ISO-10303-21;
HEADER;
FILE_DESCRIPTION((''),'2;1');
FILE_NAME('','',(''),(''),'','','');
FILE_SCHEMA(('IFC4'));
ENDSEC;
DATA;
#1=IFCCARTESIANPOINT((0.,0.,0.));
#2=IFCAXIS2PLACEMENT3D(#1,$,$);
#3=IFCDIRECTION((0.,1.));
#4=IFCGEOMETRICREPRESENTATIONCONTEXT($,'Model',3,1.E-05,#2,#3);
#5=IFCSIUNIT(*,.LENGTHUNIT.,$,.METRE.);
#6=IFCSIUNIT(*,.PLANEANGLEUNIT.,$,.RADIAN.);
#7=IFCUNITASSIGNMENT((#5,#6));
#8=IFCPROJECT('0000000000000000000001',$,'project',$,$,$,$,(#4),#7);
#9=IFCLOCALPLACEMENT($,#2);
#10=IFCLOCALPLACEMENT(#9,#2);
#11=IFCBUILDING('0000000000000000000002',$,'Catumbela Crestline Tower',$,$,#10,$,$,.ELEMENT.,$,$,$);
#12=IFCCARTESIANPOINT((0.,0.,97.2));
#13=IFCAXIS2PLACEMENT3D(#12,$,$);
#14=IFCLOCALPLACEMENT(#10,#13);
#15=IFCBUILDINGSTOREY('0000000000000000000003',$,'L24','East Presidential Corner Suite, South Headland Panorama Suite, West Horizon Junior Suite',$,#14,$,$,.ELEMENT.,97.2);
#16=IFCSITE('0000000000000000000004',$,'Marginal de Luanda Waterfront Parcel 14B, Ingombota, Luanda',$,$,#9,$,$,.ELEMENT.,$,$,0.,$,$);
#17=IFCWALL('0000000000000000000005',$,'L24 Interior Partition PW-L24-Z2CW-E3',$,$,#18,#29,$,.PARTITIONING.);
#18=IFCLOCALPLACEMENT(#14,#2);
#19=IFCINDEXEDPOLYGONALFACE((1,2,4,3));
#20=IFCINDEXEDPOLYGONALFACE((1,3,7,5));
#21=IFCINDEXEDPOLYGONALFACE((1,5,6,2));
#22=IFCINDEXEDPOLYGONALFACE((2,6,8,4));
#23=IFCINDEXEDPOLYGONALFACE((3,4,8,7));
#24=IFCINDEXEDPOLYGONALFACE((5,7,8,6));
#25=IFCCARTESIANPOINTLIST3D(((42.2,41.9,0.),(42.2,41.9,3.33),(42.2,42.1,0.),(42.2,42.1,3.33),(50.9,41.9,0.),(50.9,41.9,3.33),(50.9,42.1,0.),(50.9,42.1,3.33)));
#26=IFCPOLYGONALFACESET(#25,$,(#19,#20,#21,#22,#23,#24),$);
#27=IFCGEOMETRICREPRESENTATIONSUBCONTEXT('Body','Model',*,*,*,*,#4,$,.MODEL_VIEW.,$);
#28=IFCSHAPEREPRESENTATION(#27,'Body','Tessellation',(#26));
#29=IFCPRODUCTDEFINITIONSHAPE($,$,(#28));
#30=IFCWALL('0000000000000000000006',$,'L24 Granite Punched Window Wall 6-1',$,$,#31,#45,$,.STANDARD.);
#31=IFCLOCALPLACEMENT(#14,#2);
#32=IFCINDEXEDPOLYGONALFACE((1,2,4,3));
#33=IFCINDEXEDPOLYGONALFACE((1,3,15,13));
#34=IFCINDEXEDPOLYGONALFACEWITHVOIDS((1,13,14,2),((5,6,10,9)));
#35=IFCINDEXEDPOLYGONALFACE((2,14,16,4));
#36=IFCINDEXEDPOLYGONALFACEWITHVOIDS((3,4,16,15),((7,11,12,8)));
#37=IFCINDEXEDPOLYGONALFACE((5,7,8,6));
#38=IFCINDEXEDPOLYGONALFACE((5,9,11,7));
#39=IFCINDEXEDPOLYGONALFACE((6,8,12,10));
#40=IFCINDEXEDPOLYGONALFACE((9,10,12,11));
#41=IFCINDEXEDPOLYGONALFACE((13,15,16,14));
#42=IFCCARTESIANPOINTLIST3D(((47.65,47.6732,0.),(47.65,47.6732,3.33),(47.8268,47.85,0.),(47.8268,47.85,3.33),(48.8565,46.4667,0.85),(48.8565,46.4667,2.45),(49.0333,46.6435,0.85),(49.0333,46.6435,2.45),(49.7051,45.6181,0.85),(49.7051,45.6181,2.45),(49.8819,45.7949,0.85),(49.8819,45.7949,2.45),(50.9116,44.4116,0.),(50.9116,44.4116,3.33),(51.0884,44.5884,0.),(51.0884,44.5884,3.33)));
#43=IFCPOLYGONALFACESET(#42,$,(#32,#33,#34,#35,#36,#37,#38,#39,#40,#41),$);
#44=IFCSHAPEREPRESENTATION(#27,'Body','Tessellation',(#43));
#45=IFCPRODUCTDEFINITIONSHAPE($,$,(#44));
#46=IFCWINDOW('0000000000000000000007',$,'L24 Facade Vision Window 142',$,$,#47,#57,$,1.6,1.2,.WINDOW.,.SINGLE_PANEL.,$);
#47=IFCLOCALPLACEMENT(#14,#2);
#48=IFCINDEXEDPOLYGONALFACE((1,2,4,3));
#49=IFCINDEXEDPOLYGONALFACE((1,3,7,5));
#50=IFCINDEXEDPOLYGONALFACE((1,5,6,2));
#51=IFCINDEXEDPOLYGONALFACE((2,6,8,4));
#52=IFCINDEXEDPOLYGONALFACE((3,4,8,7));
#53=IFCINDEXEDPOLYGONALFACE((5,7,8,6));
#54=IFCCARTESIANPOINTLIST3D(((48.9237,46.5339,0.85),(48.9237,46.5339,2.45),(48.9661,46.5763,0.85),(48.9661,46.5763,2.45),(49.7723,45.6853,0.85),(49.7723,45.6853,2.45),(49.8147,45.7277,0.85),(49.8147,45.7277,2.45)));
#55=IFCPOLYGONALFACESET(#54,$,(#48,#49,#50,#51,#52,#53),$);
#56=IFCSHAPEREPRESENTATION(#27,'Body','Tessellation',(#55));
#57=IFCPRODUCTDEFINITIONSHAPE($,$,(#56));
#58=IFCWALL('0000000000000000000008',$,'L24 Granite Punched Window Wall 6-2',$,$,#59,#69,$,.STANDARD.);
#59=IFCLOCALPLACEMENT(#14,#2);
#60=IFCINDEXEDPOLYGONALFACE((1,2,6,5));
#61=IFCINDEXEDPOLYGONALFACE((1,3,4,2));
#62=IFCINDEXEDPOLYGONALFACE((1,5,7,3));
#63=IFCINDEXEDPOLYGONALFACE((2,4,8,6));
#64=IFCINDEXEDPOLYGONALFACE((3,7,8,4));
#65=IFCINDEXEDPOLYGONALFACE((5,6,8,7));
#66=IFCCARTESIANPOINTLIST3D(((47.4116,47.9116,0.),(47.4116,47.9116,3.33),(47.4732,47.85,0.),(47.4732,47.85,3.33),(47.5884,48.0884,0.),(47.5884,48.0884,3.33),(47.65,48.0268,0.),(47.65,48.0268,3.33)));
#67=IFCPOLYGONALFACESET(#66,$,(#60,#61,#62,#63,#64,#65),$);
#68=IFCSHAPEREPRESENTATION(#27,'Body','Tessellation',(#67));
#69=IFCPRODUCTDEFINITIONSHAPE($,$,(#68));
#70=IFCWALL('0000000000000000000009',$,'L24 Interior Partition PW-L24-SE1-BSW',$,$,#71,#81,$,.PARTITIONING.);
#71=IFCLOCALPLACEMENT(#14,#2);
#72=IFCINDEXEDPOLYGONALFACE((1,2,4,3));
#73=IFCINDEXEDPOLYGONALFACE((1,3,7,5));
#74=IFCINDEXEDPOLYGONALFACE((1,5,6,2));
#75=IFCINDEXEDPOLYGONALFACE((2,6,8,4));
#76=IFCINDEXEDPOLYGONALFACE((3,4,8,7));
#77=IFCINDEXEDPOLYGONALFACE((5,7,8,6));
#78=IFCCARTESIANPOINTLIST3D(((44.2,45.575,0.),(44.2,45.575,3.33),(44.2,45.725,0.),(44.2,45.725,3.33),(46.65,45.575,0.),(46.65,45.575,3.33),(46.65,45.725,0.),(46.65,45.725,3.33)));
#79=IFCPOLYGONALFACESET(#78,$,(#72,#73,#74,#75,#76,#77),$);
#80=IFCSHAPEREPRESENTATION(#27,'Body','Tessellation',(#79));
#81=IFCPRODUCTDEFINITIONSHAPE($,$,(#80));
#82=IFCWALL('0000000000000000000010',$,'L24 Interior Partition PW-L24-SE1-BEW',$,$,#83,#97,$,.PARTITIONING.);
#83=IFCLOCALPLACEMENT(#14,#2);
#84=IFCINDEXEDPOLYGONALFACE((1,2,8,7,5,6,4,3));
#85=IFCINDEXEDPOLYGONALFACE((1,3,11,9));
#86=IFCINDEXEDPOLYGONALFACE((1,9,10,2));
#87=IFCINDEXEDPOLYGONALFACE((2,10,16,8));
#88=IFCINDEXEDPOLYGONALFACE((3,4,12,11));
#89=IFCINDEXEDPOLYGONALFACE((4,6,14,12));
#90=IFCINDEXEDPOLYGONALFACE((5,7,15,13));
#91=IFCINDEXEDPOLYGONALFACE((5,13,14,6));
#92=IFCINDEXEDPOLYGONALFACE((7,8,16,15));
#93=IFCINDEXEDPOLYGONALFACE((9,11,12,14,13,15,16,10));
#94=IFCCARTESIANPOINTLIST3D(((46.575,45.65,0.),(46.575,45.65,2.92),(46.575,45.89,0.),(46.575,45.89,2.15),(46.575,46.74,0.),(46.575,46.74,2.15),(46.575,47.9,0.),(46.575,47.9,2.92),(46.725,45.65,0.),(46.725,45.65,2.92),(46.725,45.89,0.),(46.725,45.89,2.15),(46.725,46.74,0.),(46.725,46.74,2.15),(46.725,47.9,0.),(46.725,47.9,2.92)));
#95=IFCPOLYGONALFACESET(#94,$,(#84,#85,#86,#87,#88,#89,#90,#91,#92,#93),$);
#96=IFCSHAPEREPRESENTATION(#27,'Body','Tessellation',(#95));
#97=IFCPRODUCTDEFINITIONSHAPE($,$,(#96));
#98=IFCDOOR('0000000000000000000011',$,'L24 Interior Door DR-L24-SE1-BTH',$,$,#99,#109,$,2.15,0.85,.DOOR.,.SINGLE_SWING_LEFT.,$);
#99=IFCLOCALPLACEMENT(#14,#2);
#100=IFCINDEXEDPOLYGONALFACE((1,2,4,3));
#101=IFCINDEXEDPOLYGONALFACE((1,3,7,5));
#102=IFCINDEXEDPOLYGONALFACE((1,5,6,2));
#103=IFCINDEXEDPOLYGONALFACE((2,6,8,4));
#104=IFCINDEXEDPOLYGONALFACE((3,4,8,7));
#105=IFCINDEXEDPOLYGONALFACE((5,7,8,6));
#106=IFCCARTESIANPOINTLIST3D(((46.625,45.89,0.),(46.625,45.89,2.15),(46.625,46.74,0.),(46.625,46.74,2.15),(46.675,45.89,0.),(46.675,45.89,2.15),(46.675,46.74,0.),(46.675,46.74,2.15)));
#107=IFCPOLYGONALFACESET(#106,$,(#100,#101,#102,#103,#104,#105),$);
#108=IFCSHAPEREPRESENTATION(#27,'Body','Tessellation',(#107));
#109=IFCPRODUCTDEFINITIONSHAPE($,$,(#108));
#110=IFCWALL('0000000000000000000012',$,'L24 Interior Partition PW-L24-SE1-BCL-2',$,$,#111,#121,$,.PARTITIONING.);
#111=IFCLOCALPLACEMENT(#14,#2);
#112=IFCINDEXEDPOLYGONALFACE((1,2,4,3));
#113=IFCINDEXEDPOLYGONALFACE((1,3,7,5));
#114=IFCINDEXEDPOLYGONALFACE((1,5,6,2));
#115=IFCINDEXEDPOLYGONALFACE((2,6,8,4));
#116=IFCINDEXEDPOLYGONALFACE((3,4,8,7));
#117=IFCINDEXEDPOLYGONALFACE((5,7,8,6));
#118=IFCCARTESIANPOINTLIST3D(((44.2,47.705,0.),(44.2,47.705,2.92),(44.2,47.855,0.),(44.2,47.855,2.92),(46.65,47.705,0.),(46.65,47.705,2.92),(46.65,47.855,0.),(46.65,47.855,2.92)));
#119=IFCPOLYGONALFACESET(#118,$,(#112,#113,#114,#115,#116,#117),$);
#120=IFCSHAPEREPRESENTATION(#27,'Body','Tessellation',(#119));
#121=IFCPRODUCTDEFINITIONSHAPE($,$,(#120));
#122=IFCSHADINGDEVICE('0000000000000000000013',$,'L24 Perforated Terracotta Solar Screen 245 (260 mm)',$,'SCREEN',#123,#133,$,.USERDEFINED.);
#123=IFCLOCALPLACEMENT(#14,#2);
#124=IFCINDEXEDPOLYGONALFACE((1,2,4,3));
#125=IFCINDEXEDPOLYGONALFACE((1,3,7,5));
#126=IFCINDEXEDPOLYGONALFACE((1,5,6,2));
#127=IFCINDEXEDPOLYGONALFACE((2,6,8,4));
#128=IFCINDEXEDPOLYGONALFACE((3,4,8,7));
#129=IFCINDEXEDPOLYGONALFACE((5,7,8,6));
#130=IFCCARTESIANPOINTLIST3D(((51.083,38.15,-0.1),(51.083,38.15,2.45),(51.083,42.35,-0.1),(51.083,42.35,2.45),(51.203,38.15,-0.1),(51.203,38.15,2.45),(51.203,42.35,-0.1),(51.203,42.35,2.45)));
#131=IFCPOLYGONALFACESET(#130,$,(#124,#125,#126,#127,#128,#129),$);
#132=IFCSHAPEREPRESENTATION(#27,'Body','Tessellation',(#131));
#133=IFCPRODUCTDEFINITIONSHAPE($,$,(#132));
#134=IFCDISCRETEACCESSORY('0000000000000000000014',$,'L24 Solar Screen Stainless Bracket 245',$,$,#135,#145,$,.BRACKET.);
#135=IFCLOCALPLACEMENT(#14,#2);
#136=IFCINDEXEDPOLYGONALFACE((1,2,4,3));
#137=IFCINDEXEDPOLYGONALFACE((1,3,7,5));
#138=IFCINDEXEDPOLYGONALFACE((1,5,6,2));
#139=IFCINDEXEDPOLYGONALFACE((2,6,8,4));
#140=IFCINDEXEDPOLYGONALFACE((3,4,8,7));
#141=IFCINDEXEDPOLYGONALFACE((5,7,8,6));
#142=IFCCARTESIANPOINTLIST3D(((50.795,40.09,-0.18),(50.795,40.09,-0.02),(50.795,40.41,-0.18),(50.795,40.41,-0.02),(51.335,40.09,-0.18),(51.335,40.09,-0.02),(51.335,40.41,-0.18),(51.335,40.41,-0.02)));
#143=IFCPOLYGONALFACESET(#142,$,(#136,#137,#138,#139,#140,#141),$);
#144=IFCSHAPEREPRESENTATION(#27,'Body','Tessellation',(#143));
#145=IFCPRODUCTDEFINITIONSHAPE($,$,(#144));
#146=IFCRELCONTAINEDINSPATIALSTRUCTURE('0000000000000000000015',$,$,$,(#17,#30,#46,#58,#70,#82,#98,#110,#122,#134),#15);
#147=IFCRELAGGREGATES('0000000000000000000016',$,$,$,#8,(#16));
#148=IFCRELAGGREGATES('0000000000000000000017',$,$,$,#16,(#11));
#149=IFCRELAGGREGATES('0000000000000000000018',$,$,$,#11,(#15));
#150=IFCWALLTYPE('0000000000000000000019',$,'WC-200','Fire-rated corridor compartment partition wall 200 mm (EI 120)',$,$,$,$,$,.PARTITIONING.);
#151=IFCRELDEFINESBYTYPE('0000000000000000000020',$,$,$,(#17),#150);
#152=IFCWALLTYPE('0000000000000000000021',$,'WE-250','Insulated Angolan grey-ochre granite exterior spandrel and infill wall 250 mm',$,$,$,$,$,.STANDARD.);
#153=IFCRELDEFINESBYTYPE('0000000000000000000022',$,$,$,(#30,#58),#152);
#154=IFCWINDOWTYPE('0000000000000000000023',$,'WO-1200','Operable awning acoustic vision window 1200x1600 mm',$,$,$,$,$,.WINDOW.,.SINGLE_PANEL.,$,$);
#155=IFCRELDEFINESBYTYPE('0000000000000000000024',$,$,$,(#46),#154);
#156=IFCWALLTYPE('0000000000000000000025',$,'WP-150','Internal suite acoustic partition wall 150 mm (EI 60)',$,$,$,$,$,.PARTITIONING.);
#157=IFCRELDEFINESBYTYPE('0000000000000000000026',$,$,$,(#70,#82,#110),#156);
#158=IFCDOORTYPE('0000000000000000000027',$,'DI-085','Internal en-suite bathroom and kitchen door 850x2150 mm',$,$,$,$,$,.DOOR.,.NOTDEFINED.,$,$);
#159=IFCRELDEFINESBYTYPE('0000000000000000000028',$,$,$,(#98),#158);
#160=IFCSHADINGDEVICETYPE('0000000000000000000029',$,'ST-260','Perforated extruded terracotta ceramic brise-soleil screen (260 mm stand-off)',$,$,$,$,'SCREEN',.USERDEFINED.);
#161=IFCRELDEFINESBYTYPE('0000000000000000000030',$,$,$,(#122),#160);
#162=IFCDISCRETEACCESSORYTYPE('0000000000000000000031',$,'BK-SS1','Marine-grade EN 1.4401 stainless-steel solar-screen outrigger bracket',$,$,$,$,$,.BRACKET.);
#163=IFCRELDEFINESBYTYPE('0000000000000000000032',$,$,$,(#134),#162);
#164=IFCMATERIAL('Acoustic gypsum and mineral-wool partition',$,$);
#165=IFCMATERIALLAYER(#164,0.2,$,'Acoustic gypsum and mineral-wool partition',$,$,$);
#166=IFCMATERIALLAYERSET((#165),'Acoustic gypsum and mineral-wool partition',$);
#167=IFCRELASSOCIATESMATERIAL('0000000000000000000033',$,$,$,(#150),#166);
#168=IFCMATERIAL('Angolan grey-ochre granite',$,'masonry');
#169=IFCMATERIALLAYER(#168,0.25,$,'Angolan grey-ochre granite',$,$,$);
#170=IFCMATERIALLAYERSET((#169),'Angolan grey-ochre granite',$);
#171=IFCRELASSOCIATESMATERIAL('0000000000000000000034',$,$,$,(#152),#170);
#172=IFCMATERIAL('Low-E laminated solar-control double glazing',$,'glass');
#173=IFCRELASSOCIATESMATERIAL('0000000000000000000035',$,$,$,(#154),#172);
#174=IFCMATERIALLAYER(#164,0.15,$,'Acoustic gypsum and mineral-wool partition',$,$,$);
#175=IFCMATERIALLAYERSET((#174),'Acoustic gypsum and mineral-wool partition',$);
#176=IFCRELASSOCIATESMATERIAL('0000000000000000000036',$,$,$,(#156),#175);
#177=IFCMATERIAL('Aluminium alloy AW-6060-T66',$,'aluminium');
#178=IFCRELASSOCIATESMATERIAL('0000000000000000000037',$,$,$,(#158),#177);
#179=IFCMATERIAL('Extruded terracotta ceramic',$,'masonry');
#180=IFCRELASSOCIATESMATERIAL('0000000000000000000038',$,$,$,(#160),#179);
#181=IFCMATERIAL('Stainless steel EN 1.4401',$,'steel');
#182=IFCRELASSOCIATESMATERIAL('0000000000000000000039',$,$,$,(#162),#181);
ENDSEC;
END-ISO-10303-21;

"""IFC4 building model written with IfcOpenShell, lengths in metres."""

from ifc_helpers import new_model, si_unit, direction, frame, frame_2d, origin, origin_2d, place, context, subcontext, project, spatial, rectangle, extrude, material, layer, layer_set, type_object, element, fill, save


model = new_model("IFC4")

# Units and contexts
model_context = context("Model", 3, precision=1e-05, world=origin(), true_north=direction((0.0, 1.0)))
body_context = subcontext(model_context, "Body", "Model", "MODEL_VIEW")
ifc_project = project(units=[si_unit("LENGTHUNIT", "METRE"), si_unit("PLANEANGLEUNIT", "RADIAN")], contexts=[model_context])

# Site, building, storey
site_placement = place(None, origin())
site = spatial("IfcSite", under=ifc_project, at=site_placement, Name="Marginal de Luanda Waterfront Parcel 14B, Ingombota, Luanda", CompositionType="ELEMENT", RefElevation=0.0)
building_placement = place(site_placement, origin())
building = spatial("IfcBuilding", under=site, at=building_placement, Name="Catumbela Crestline Tower", CompositionType="ELEMENT")
storey_placement = place(building_placement, frame((0.0, 0.0, 97.2)))
storey = spatial("IfcBuildingStorey", under=building, at=storey_placement, Name="L24", Description="East Presidential Corner Suite, South Headland Panorama Suite, West Horizon Junior Suite", CompositionType="ELEMENT", Elevation=97.2)

# Shared definitions
ifc_material_1 = material(Name="Aluminium alloy AW-6060-T66", Category="aluminium")

# Shared definitions
ifc_material_2 = material(Name="Low-E laminated solar-control double glazing", Category="glass")

# Wall
ifc_material_3 = material(Name="Acoustic gypsum and mineral-wool partition")
ifc_layer_1 = layer(ifc_material_3, 0.2, Name="Acoustic gypsum and mineral-wool partition")
ifc_layer_set_1 = layer_set([ifc_layer_1], Name="Acoustic gypsum and mineral-wool partition")
wall_type_1 = type_object("IfcWallType", Name="WC-200", Description="Fire-rated corridor compartment partition wall 200 mm (EI 120)", PredefinedType="PARTITIONING", material=ifc_layer_set_1)
wall_1_placement = place(storey_placement, frame((42.2, 42.0, 0.0), z_axis=(0.0, 0.0, 1.0), x_axis=(1.0, 0.0, 0.0)))
element("IfcWall", 1, at=wall_1_placement, inside=storey, type_object=wall_type_1, Name="L24 Interior Partition PW-L24-Z2CW-E3", PredefinedType="PARTITIONING", context=body_context, shape_type="SweptSolid", body=[
    extrude(rectangle(XDim=8.7, YDim=0.2, at=frame_2d((4.35, 0.0))), origin(), (0.0, 0.0, 1.0), 3.33),
])

# Wall, opening, window
ifc_material_4 = material(Name="Angolan grey-ochre granite", Category="masonry")
ifc_layer_2 = layer(ifc_material_4, 0.25, Name="Angolan grey-ochre granite")
ifc_layer_set_2 = layer_set([ifc_layer_2], Name="Angolan grey-ochre granite")
wall_type_2 = type_object("IfcWallType", Name="WE-250", Description="Insulated Angolan grey-ochre granite exterior spandrel and infill wall 250 mm", PredefinedType="STANDARD", material=ifc_layer_set_2)
wall_2_placement = place(storey_placement, frame((51.0, 44.5, 0.0), z_axis=(0.0, 0.0, 1.0), x_axis=(-0.707107, 0.707107, 0.0)))
wall_2 = element("IfcWall", 2, at=wall_2_placement, inside=storey, type_object=wall_type_2, Name="L24 Granite Punched Window Wall 6-1", PredefinedType="STANDARD", context=body_context, shape_type="SweptSolid", body=[
    extrude(rectangle(XDim=4.6126, YDim=0.25, at=frame_2d((2.3063, 0.0))), origin(), (0.0, 0.0, 1.0), 3.33),
])
opening_1_placement = place(wall_2_placement, frame((1.7063, 0.0, 0.85)))
opening_1 = element("IfcOpeningElement", 3, at=opening_1_placement, cuts=wall_2, PredefinedType="OPENING", context=body_context, shape_type="SweptSolid", body=[
    extrude(rectangle(XDim=1.2, YDim=1.6, at=frame_2d((0.6, 0.8))), frame((0.0, 0.135, 0.0), z_axis=(0.0, -1.0, 0.0), x_axis=(1.0, 0.0, 0.0)), (0.0, 0.0, 1.0), 0.27),
])
window_type = type_object("IfcWindowType", Name="WO-1200", Description="Operable awning acoustic vision window 1200x1600 mm", PartitioningType="SINGLE_PANEL", PredefinedType="WINDOW", material=ifc_material_2)
window_placement = place(opening_1_placement, origin())
window = element("IfcWindow", 4, at=window_placement, inside=storey, type_object=window_type, Name="L24 Facade Vision Window 142", OverallHeight=1.6, OverallWidth=1.2, PartitioningType="SINGLE_PANEL", PredefinedType="WINDOW", context=body_context, shape_type="SweptSolid", body=[
    extrude(rectangle(XDim=1.2, YDim=1.6, at=frame_2d((0.6, 0.8))), frame((0.0, 0.03, 0.0), z_axis=(0.0, -1.0, 0.0), x_axis=(1.0, 0.0, 0.0)), (0.0, 0.0, 1.0), 0.06),
])
fill(opening_1, window)

# Walls
wall_3_placement = place(storey_placement, frame((47.5616, 47.9384, 0.0), z_axis=(0.0, 0.0, 1.0), x_axis=(-0.707107, 0.707107, 0.0)))
element("IfcWall", 5, at=wall_3_placement, inside=storey, type_object=wall_type_2, Name="L24 Granite Punched Window Wall 6-2", PredefinedType="STANDARD", context=body_context, shape_type="SweptSolid", body=[
    extrude(rectangle(XDim=0.0871, YDim=0.25, at=frame_2d((0.0436, 0.0))), origin(), (0.0, 0.0, 1.0), 3.33),
])
ifc_layer_3 = layer(ifc_material_3, 0.15, Name="Acoustic gypsum and mineral-wool partition")
ifc_layer_set_3 = layer_set([ifc_layer_3], Name="Acoustic gypsum and mineral-wool partition")
wall_type_3 = type_object("IfcWallType", Name="WP-150", Description="Internal suite acoustic partition wall 150 mm (EI 60)", PredefinedType="PARTITIONING", material=ifc_layer_set_3)
wall_4_placement = place(storey_placement, frame((44.2, 45.65, 0.0), z_axis=(0.0, 0.0, 1.0), x_axis=(1.0, 0.0, 0.0)))
element("IfcWall", 6, at=wall_4_placement, inside=storey, type_object=wall_type_3, Name="L24 Interior Partition PW-L24-SE1-BSW", PredefinedType="PARTITIONING", context=body_context, shape_type="SweptSolid", body=[
    extrude(rectangle(XDim=2.45, YDim=0.15, at=frame_2d((1.225, 0.0))), origin(), (0.0, 0.0, 1.0), 3.33),
])

# Wall, opening, door
wall_5_placement = place(storey_placement, frame((46.65, 45.65, 0.0), z_axis=(0.0, 0.0, 1.0), x_axis=(0.0, 1.0, 0.0)))
wall_5 = element("IfcWall", 7, at=wall_5_placement, inside=storey, type_object=wall_type_3, Name="L24 Interior Partition PW-L24-SE1-BEW", PredefinedType="PARTITIONING", context=body_context, shape_type="SweptSolid", body=[
    extrude(rectangle(XDim=2.25, YDim=0.15, at=frame_2d((1.125, 0.0))), origin(), (0.0, 0.0, 1.0), 2.92),
])
opening_2_placement = place(wall_5_placement, frame((0.24, 0.0, 0.0)))
opening_2 = element("IfcOpeningElement", 8, at=opening_2_placement, cuts=wall_5, PredefinedType="OPENING", context=body_context, shape_type="SweptSolid", body=[
    extrude(rectangle(XDim=0.85, YDim=2.15, at=frame_2d((0.425, 1.075))), frame((0.0, 0.085, 0.0), z_axis=(0.0, -1.0, 0.0), x_axis=(1.0, 0.0, 0.0)), (0.0, 0.0, 1.0), 0.17),
])
door_type = type_object("IfcDoorType", Name="DI-085", Description="Internal en-suite bathroom and kitchen door 850x2150 mm", OperationType="NOTDEFINED", PredefinedType="DOOR", material=ifc_material_1)
door_placement = place(opening_2_placement, origin())
door = element("IfcDoor", 9, at=door_placement, inside=storey, type_object=door_type, Name="L24 Interior Door DR-L24-SE1-BTH", OperationType="SINGLE_SWING_LEFT", OverallHeight=2.15, OverallWidth=0.85, PredefinedType="DOOR", context=body_context, shape_type="SweptSolid", body=[
    extrude(rectangle(XDim=0.85, YDim=2.15, at=frame_2d((0.425, 1.075))), frame((0.0, 0.025, 0.0), z_axis=(0.0, -1.0, 0.0), x_axis=(1.0, 0.0, 0.0)), (0.0, 0.0, 1.0), 0.05),
])
fill(opening_2, door)

# Wall
wall_6_placement = place(storey_placement, frame((44.2, 47.78, 0.0), z_axis=(0.0, 0.0, 1.0), x_axis=(1.0, 0.0, 0.0)))
element("IfcWall", 10, at=wall_6_placement, inside=storey, type_object=wall_type_3, Name="L24 Interior Partition PW-L24-SE1-BCL-2", PredefinedType="PARTITIONING", context=body_context, shape_type="SweptSolid", body=[
    extrude(rectangle(XDim=2.45, YDim=0.15, at=frame_2d((1.225, 0.0))), origin(), (0.0, 0.0, 1.0), 2.92),
])

# Shading device
ifc_material_5 = material(Name="Extruded terracotta ceramic", Category="masonry")
shading_device_type = type_object("IfcShadingDeviceType", Name="ST-260", Description="Perforated extruded terracotta ceramic brise-soleil screen (260 mm stand-off)", ElementType="SCREEN", PredefinedType="USERDEFINED", material=ifc_material_5)
shading_device_placement = place(storey_placement, frame((51.143, 40.25, -0.1), z_axis=(0.0, 0.0, 1.0), x_axis=(0.0, 1.0, 0.0)))
element("IfcShadingDevice", 11, at=shading_device_placement, inside=storey, type_object=shading_device_type, Name="L24 Perforated Terracotta Solar Screen 245 (260 mm)", ObjectType="SCREEN", PredefinedType="USERDEFINED", context=body_context, shape_type="SweptSolid", body=[
    extrude(rectangle(XDim=4.2, YDim=0.12, at=origin_2d()), origin(), (0.0, 0.0, 1.0), 2.55),
])

# Discrete accessory
ifc_material_6 = material(Name="Stainless steel EN 1.4401", Category="steel")
discrete_accessory_type = type_object("IfcDiscreteAccessoryType", Name="BK-SS1", Description="Marine-grade EN 1.4401 stainless-steel solar-screen outrigger bracket", PredefinedType="BRACKET", material=ifc_material_6)
discrete_accessory_placement = place(storey_placement, frame((51.065, 40.25, -0.18), z_axis=(0.0, 0.0, 1.0), x_axis=(0.0, 1.0, 0.0)))
element("IfcDiscreteAccessory", 12, at=discrete_accessory_placement, inside=storey, type_object=discrete_accessory_type, Name="L24 Solar Screen Stainless Bracket 245", PredefinedType="BRACKET", context=body_context, shape_type="SweptSolid", body=[
    extrude(rectangle(XDim=0.32, YDim=0.54, at=origin_2d()), origin(), (0.0, 0.0, 1.0), 0.16),
])

save(model, "model.ifc")
